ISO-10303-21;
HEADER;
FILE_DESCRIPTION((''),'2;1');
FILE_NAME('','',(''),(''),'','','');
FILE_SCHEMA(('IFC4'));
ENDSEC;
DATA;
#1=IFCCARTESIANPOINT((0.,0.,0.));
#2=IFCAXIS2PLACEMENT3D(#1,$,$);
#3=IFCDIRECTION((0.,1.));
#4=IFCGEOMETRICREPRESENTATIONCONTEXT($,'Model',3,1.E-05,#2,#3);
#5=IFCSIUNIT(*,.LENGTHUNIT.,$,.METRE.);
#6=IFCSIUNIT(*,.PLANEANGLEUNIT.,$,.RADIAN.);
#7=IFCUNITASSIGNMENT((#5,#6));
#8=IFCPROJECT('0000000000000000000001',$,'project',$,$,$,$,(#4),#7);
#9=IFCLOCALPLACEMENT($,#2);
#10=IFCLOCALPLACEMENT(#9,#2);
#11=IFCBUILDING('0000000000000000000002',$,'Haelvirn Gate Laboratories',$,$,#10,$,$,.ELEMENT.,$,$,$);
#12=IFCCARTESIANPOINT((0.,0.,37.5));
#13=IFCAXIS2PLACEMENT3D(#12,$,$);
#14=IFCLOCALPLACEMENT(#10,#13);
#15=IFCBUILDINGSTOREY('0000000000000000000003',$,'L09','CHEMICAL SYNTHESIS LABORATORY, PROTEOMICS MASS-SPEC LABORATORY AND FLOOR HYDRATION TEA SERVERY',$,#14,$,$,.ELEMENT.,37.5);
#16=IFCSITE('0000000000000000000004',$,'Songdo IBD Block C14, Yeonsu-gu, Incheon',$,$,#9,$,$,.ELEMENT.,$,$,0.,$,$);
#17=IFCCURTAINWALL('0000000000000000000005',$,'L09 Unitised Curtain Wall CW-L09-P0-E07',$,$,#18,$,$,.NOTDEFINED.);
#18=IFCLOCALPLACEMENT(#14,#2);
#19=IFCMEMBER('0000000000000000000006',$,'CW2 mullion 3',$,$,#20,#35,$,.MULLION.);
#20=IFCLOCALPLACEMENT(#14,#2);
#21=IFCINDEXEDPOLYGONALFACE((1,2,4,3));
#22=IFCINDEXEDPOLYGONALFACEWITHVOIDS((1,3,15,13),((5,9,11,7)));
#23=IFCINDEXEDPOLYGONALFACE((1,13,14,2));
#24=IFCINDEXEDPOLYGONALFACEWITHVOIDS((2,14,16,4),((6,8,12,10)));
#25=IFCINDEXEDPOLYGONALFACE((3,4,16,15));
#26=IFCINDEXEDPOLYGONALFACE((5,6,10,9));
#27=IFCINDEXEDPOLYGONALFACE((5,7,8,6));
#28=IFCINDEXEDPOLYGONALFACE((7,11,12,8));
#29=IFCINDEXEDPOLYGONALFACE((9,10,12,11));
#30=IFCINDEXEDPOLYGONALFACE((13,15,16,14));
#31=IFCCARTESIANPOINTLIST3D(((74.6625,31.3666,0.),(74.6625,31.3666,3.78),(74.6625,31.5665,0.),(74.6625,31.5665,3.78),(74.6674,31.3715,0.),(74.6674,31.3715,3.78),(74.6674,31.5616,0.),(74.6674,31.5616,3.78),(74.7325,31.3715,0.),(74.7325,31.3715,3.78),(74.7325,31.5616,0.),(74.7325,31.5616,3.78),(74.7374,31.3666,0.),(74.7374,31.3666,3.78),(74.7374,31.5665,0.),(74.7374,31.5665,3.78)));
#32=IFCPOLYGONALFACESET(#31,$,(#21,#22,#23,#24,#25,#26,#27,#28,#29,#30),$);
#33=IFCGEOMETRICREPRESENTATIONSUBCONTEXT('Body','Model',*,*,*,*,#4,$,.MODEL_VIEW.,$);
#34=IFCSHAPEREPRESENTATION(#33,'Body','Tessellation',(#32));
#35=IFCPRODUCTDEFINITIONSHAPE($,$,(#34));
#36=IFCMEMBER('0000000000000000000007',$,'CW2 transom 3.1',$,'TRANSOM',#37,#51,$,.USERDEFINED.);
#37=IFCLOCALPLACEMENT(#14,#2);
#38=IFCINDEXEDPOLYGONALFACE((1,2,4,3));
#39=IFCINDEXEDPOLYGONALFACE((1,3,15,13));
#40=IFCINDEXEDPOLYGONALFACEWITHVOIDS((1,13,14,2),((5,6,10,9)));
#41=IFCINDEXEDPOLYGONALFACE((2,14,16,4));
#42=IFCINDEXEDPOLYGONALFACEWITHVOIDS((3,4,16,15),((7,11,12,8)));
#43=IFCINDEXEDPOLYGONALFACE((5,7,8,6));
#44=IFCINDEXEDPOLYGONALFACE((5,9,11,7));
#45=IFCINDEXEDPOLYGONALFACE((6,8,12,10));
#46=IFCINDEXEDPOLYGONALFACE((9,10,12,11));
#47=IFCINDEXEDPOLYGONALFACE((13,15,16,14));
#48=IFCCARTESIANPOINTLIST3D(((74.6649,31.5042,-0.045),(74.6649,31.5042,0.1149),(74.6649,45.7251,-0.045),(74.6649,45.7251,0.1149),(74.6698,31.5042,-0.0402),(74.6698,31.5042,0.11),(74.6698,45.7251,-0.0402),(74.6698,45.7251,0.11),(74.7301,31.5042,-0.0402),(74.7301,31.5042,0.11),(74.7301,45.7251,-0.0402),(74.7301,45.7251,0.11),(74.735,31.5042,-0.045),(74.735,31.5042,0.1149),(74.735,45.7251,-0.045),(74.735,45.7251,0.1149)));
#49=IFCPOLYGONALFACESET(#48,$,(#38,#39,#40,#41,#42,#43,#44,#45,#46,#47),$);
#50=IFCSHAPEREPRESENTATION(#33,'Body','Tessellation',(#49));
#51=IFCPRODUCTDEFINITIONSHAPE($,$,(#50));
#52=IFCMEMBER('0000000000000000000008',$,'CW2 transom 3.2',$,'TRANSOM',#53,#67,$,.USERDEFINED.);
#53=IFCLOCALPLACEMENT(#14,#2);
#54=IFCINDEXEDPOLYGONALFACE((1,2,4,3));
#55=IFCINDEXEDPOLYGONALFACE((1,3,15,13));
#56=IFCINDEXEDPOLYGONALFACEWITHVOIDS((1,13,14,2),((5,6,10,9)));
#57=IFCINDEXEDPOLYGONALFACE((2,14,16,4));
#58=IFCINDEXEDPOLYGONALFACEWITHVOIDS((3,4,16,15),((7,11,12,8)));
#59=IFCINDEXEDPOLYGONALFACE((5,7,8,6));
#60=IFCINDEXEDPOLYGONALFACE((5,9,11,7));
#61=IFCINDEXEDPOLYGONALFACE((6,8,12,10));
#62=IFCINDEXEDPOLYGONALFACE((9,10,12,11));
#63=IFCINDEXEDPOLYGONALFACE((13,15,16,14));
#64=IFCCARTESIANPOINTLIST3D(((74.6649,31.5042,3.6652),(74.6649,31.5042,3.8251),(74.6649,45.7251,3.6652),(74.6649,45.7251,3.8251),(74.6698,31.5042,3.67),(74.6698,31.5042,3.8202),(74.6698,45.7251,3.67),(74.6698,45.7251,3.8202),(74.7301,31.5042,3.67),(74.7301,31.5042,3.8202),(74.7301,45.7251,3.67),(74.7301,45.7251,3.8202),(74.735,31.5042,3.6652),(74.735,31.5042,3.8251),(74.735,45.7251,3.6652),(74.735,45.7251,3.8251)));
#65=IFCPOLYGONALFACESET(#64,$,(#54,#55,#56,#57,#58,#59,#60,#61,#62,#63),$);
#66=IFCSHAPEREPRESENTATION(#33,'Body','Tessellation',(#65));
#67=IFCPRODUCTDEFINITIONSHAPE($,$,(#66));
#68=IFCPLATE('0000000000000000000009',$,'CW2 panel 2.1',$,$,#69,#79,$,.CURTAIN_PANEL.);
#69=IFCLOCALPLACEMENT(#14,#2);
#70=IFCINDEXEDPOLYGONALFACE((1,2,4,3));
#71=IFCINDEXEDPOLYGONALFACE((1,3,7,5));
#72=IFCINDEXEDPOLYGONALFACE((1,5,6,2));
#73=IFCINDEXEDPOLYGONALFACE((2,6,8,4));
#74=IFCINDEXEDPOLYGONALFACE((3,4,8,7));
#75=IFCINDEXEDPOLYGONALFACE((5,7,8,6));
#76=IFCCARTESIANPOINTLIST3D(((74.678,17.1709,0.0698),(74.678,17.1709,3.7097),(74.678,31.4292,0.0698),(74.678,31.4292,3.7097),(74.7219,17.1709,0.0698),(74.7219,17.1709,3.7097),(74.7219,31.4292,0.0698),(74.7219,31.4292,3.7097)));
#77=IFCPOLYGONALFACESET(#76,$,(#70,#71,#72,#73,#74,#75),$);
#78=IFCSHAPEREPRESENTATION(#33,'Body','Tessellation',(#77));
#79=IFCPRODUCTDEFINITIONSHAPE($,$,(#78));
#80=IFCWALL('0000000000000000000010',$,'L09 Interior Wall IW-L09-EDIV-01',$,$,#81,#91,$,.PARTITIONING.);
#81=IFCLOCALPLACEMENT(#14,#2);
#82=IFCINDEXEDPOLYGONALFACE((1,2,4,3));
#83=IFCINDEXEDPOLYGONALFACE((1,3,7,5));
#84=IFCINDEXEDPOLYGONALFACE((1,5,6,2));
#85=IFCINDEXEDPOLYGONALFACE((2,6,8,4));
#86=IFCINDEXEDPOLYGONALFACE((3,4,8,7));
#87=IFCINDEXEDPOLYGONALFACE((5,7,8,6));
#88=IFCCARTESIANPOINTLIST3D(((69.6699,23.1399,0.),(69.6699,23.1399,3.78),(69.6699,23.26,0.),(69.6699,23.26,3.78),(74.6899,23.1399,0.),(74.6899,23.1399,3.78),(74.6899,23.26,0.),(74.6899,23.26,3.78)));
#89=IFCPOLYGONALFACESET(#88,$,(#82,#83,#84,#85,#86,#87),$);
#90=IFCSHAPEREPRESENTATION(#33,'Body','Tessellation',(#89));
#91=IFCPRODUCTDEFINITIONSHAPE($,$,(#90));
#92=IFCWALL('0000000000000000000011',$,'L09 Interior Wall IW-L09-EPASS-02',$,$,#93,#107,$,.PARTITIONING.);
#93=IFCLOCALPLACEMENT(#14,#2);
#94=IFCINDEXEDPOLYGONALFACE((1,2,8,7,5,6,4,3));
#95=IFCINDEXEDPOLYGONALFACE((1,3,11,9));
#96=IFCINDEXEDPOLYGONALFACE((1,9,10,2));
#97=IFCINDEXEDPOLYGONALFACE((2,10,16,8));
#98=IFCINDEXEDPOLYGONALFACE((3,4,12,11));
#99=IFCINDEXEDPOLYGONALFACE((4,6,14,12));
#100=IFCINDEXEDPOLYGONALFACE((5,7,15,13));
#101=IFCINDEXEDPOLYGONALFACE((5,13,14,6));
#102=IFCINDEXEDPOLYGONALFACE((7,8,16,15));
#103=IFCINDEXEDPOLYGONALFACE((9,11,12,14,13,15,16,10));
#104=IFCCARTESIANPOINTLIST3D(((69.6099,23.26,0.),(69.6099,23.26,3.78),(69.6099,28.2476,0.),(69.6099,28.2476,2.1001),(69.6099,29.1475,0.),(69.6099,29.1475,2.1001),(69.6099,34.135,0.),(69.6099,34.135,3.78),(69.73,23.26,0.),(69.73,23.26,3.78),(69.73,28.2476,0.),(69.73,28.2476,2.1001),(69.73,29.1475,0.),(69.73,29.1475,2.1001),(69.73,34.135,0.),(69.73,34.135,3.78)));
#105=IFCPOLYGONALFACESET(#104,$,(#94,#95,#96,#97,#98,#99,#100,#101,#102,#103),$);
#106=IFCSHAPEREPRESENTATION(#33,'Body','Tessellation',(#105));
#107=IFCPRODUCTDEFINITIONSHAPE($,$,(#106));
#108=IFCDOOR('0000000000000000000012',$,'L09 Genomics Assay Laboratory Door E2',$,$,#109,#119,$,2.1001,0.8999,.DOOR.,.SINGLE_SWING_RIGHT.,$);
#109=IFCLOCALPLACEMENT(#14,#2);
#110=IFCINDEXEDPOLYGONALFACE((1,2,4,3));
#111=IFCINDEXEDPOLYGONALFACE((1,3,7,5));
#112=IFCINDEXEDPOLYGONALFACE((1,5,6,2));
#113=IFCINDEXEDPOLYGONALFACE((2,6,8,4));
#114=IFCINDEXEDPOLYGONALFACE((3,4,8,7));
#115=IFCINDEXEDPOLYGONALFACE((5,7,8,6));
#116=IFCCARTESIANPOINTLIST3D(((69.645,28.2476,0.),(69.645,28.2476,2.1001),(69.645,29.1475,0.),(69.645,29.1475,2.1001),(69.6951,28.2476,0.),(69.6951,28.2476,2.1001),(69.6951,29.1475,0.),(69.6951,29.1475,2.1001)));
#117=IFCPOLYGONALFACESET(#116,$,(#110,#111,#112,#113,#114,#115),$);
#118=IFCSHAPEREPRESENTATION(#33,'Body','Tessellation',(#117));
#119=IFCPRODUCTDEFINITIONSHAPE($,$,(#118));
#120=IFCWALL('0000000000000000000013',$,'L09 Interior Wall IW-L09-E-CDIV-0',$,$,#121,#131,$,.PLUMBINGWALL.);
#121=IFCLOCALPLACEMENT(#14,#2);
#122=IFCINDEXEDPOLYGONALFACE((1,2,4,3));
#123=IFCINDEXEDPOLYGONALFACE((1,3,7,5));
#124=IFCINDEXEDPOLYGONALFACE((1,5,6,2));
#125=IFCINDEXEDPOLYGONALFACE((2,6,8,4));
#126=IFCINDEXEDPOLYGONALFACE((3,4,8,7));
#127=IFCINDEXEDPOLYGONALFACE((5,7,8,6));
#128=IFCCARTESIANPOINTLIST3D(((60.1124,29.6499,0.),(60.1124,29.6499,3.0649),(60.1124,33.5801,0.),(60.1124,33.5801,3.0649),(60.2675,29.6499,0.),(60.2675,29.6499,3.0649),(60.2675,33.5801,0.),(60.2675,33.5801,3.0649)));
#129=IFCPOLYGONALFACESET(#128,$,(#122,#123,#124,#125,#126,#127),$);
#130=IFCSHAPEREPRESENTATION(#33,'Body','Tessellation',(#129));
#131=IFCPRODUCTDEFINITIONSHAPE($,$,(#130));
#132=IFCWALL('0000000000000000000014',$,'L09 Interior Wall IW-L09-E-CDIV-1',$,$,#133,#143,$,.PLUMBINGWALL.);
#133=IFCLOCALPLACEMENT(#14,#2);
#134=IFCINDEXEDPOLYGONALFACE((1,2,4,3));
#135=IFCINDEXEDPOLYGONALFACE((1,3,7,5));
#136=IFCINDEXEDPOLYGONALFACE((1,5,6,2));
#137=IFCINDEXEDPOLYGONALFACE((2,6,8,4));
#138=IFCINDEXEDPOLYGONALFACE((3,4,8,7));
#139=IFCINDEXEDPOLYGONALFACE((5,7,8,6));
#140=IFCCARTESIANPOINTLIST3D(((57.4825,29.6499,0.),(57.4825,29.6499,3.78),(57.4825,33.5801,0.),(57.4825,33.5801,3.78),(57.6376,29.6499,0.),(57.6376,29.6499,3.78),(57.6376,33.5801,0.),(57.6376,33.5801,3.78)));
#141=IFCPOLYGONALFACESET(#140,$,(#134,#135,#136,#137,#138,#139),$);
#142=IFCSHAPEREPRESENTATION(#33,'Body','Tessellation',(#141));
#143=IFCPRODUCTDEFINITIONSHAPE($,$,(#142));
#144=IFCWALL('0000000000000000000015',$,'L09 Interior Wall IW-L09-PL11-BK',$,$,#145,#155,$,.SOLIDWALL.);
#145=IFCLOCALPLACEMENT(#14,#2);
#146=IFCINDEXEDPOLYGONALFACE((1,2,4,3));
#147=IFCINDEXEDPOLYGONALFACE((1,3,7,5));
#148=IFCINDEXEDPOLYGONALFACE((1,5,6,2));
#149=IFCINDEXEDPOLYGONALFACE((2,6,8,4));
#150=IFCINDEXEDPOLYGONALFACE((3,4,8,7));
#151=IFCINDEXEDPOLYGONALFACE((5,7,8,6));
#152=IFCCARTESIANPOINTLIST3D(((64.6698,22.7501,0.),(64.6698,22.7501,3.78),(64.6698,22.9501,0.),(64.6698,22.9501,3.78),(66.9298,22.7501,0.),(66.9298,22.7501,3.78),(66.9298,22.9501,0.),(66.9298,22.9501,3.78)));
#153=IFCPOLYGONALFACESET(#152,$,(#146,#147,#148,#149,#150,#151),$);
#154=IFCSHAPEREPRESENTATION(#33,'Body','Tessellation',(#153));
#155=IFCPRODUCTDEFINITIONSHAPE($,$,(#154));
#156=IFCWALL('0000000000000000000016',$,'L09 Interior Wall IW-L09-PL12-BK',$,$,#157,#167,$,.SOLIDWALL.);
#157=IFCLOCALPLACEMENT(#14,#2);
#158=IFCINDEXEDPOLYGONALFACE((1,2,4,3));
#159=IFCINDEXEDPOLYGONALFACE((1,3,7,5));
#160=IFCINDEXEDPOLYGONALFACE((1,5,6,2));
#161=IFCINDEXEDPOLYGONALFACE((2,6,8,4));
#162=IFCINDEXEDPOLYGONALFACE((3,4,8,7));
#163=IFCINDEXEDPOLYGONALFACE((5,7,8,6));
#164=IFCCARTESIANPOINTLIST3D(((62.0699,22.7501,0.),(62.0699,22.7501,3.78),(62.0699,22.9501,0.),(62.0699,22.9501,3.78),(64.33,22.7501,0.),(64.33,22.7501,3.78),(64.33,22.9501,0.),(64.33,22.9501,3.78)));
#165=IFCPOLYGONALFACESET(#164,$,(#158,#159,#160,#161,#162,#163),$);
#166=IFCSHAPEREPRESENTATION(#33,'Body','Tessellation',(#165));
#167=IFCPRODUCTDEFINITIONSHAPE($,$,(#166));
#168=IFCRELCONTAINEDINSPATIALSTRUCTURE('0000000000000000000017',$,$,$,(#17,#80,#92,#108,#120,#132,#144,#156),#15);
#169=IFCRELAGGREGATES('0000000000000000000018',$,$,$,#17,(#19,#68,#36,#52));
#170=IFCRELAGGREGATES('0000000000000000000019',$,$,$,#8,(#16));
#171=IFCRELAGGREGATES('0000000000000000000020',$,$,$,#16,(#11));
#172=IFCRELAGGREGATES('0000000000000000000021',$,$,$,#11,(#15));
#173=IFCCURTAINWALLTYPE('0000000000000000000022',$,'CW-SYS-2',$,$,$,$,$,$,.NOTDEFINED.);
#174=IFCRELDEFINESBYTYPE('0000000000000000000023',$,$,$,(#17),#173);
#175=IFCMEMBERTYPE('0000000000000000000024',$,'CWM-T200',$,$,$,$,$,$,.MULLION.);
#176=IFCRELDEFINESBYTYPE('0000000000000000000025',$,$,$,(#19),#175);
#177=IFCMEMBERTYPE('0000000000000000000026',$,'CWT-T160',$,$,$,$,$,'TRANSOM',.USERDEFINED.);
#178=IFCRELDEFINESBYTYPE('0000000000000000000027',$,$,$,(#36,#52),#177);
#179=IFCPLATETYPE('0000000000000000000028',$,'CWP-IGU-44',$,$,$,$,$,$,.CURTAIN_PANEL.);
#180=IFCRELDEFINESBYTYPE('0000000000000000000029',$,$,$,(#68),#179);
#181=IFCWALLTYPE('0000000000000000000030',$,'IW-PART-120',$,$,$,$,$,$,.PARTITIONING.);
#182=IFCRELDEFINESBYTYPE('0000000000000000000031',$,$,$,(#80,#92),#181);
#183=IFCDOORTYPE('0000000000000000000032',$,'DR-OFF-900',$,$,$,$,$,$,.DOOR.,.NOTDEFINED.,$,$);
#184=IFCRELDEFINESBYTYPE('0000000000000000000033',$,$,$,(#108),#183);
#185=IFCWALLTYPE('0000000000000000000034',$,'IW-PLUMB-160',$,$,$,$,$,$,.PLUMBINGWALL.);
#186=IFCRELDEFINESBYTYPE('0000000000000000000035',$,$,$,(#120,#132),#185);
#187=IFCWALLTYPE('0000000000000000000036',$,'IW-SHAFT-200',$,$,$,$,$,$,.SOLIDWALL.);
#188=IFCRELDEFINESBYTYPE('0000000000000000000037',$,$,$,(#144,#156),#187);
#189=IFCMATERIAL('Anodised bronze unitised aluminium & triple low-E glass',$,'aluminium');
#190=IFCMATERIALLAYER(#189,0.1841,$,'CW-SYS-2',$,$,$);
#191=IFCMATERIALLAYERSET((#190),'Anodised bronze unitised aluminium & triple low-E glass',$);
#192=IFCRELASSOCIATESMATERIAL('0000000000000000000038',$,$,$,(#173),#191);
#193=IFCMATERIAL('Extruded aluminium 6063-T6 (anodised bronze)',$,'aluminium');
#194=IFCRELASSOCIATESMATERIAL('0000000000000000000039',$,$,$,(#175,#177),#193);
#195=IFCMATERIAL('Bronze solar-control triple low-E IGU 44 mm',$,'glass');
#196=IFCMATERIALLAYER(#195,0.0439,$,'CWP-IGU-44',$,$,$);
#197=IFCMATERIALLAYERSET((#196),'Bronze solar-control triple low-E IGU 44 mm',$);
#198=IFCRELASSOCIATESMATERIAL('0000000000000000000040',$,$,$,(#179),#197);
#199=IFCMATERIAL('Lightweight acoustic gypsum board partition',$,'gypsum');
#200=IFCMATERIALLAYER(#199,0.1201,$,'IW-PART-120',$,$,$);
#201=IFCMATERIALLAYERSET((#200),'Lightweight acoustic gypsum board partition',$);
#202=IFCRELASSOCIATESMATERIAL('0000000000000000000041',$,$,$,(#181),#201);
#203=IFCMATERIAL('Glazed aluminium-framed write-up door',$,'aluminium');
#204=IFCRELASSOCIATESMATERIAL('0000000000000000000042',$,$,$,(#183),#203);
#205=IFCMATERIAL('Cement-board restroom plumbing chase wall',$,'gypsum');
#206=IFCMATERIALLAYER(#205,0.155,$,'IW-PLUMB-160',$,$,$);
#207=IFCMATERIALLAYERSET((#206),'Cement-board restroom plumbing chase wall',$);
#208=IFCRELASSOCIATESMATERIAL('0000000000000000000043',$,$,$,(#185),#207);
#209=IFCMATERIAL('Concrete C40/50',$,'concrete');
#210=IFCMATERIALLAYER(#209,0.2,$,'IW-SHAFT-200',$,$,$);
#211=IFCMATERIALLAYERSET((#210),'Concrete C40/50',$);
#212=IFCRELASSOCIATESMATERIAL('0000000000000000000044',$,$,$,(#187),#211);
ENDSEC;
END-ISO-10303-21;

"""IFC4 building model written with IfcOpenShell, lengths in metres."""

from ifc_helpers import new_model, si_unit, direction, frame, frame_2d, origin, origin_2d, place, context, subcontext, project, spatial, rectangle, hollow_rectangle, extrude, source, transform, mapped, material, layer, layer_set, material_profile, profile_set, type_object, type_shapes, element, fill, aggregate, save


model = new_model("IFC4")

# Units and contexts
model_context = context("Model", 3, precision=1e-05, world=origin(), true_north=direction((0.0, 1.0)))
body_context = subcontext(model_context, "Body", "Model", "MODEL_VIEW")
ifc_project = project(units=[si_unit("LENGTHUNIT", "METRE"), si_unit("PLANEANGLEUNIT", "RADIAN")], contexts=[model_context])

# Site, building, storey
site_placement = place(None, origin())
site = spatial("IfcSite", under=ifc_project, at=site_placement, Name="Songdo IBD Block C14, Yeonsu-gu, Incheon", CompositionType="ELEMENT", RefElevation=0.0)
building_placement = place(site_placement, origin())
building = spatial("IfcBuilding", under=site, at=building_placement, Name="Haelvirn Gate Laboratories", CompositionType="ELEMENT")
storey_placement = place(building_placement, frame((0.0, 0.0, 37.5)))
storey = spatial("IfcBuildingStorey", under=building, at=storey_placement, Name="L09", Description="CHEMICAL SYNTHESIS LABORATORY, PROTEOMICS MASS-SPEC LABORATORY AND FLOOR HYDRATION TEA SERVERY", CompositionType="ELEMENT", Elevation=37.5)

# Curtain wall, members, plate
ifc_material_1 = material(Name="Anodised bronze unitised aluminium & triple low-E glass", Category="aluminium")
ifc_layer_1 = layer(ifc_material_1, 0.1841, Name="CW-SYS-2")
ifc_layer_set_1 = layer_set([ifc_layer_1], Name="Anodised bronze unitised aluminium & triple low-E glass")
curtain_wall_type = type_object("IfcCurtainWallType", Name="CW-SYS-2", PredefinedType="NOTDEFINED", material=ifc_layer_set_1)
curtain_wall_placement = place(storey_placement, origin())
curtain_wall = element("IfcCurtainWall", 1, at=curtain_wall_placement, inside=storey, type_object=curtain_wall_type, Name="L09 Unitised Curtain Wall CW-L09-P0-E07", PredefinedType="NOTDEFINED")
ifc_material_2 = material(Name="Extruded aluminium 6063-T6 (anodised bronze)", Category="aluminium")
ifc_material_profile_1 = material_profile(ifc_material_2, hollow_rectangle(XDim=0.075, YDim=0.2, WallThickness=0.0049, at=origin_2d()), Name="CWM-200x75x5")
ifc_profile_set_1 = profile_set([ifc_material_profile_1], Name="Extruded aluminium 6063-T6 (anodised bronze)")
member_type_1 = type_object("IfcMemberType", Name="CWM-T200", PredefinedType="MULLION", material=ifc_profile_set_1)
shared_shape_1 = source(origin(), body_context, "Body", "SweptSolid", [
    extrude(hollow_rectangle(XDim=0.075, YDim=0.2, WallThickness=0.0049, at=origin_2d()), origin(), (0.0, 0.0, 1.0), 3.78),
])
type_shapes(member_type_1, [shared_shape_1])
member_1_placement = place(storey_placement, frame((74.7, 31.4666, 0.0), z_axis=(0.0, 0.0, 1.0), x_axis=(-1.0, 0.0, 0.0)))
member_1 = element("IfcMember", 2, at=member_1_placement, type_object=member_type_1, Name="CW2 mullion 3", PredefinedType="MULLION", context=body_context, shape_type="MappedRepresentation", body=[
    mapped(shared_shape_1, transform((0.0, 0.0, 0.0), scale=1.0)),
])
ifc_material_profile_2 = material_profile(ifc_material_2, hollow_rectangle(XDim=0.0701, YDim=0.1599, WallThickness=0.0049, at=origin_2d()), Name="CWT-160x70x5")
ifc_profile_set_2 = profile_set([ifc_material_profile_2], Name="Extruded aluminium 6063-T6 (anodised bronze)")
member_type_2 = type_object("IfcMemberType", Name="CWT-T160", ElementType="TRANSOM", PredefinedType="USERDEFINED", material=ifc_profile_set_2)
shared_shape_2 = source(origin(), body_context, "Body", "SweptSolid", [
    extrude(hollow_rectangle(XDim=0.0701, YDim=0.1599, WallThickness=0.0049, at=origin_2d()), origin(), (0.0, 0.0, 1.0), 14.2209),
])
type_shapes(member_type_2, [shared_shape_2])
member_2_placement = place(storey_placement, frame((74.7, 31.5042, 0.0349), z_axis=(0.0, 1.0, 0.0), x_axis=(-1.0, 0.0, 0.0)))
member_2 = element("IfcMember", 3, at=member_2_placement, type_object=member_type_2, Name="CW2 transom 3.1", ObjectType="TRANSOM", PredefinedType="USERDEFINED", context=body_context, shape_type="MappedRepresentation", body=[
    mapped(shared_shape_2, transform((0.0, 0.0, 0.0), scale=1.0)),
])
member_3_placement = place(storey_placement, frame((74.7, 31.5042, 3.7451), z_axis=(0.0, 1.0, 0.0), x_axis=(-1.0, 0.0, 0.0)))
member_3 = element("IfcMember", 4, at=member_3_placement, type_object=member_type_2, Name="CW2 transom 3.2", ObjectType="TRANSOM", PredefinedType="USERDEFINED", context=body_context, shape_type="MappedRepresentation", body=[
    mapped(shared_shape_2, transform((0.0, 0.0, 0.0), scale=1.0)),
])
ifc_material_3 = material(Name="Bronze solar-control triple low-E IGU 44 mm", Category="glass")
ifc_layer_2 = layer(ifc_material_3, 0.0439, Name="CWP-IGU-44")
ifc_layer_set_2 = layer_set([ifc_layer_2], Name="Bronze solar-control triple low-E IGU 44 mm")
plate_type = type_object("IfcPlateType", Name="CWP-IGU-44", PredefinedType="CURTAIN_PANEL", material=ifc_layer_set_2)
shared_shape_3 = source(origin(), body_context, "Body", "SweptSolid", [
    extrude(rectangle(XDim=14.2583, YDim=0.0439, at=origin_2d()), origin(), (0.0, 0.0, 1.0), 3.6399),
])
type_shapes(plate_type, [shared_shape_3])
plate_placement = place(storey_placement, frame((74.7, 24.3, 0.0698), z_axis=(0.0, 0.0, 1.0), x_axis=(0.0, 1.0, 0.0)))
plate = element("IfcPlate", 5, at=plate_placement, type_object=plate_type, Name="CW2 panel 2.1", PredefinedType="CURTAIN_PANEL", context=body_context, shape_type="MappedRepresentation", body=[
    mapped(shared_shape_3, transform((0.0, 0.0, 0.0), scale=1.0)),
])
aggregate(curtain_wall, [member_1, plate, member_2, member_3])

# Wall
ifc_material_4 = material(Name="Lightweight acoustic gypsum board partition", Category="gypsum")
ifc_layer_3 = layer(ifc_material_4, 0.1201, Name="IW-PART-120")
ifc_layer_set_3 = layer_set([ifc_layer_3], Name="Lightweight acoustic gypsum board partition")
wall_type_1 = type_object("IfcWallType", Name="IW-PART-120", PredefinedType="PARTITIONING", material=ifc_layer_set_3)
wall_1_placement = place(storey_placement, frame((69.6699, 23.2, 0.0), z_axis=(0.0, 0.0, 1.0), x_axis=(1.0, 0.0, 0.0)))
element("IfcWall", 6, at=wall_1_placement, inside=storey, type_object=wall_type_1, Name="L09 Interior Wall IW-L09-EDIV-01", PredefinedType="PARTITIONING", context=body_context, shape_type="SweptSolid", body=[
    extrude(rectangle(XDim=5.02, YDim=0.1201, at=frame_2d((2.51, 0.0))), origin(), (0.0, 0.0, 1.0), 3.78),
])

# Wall, opening, door
wall_2_placement = place(storey_placement, frame((69.6699, 23.26, 0.0), z_axis=(0.0, 0.0, 1.0), x_axis=(0.0, 1.0, 0.0)))
wall_2 = element("IfcWall", 7, at=wall_2_placement, inside=storey, type_object=wall_type_1, Name="L09 Interior Wall IW-L09-EPASS-02", PredefinedType="PARTITIONING", context=body_context, shape_type="SweptSolid", body=[
    extrude(rectangle(XDim=10.875, YDim=0.1201, at=frame_2d((5.4375, 0.0))), origin(), (0.0, 0.0, 1.0), 3.78),
])
opening_1_placement = place(wall_2_placement, frame((4.9875, 0.0, 0.0)))
opening_1 = element("IfcOpeningElement", 8, at=opening_1_placement, cuts=wall_2, PredefinedType="OPENING", context=body_context, shape_type="SweptSolid", body=[
    extrude(rectangle(XDim=0.8999, YDim=2.1001, at=frame_2d((0.45, 1.05))), frame((0.0, 0.0701, 0.0), z_axis=(0.0, -1.0, 0.0), x_axis=(1.0, 0.0, 0.0)), (0.0, 0.0, 1.0), 0.1401),
])
ifc_material_5 = material(Name="Glazed aluminium-framed write-up door", Category="aluminium")
door_type_1 = type_object("IfcDoorType", Name="DR-OFF-900", OperationType="NOTDEFINED", PredefinedType="DOOR", material=ifc_material_5)
shared_shape_4 = source(origin(), body_context, "Body", "SweptSolid", [
    extrude(rectangle(XDim=0.8999, YDim=2.1001, at=frame_2d((0.45, 1.05))), frame((0.0, 0.0249, 0.0), z_axis=(0.0, -1.0, 0.0), x_axis=(1.0, 0.0, 0.0)), (0.0, 0.0, 1.0), 0.05),
])
type_shapes(door_type_1, [shared_shape_4])
door_1_placement = place(opening_1_placement, origin())
door_1 = element("IfcDoor", 9, at=door_1_placement, inside=storey, type_object=door_type_1, Name="L09 Genomics Assay Laboratory Door E2", OperationType="SINGLE_SWING_RIGHT", OverallHeight=2.1001, OverallWidth=0.8999, PredefinedType="DOOR", context=body_context, shape_type="MappedRepresentation", body=[
    mapped(shared_shape_4, transform((0.0, 0.0, 0.0), scale=1.0)),
])
fill(opening_1, door_1)

# Walls
ifc_material_6 = material(Name="Cement-board restroom plumbing chase wall", Category="gypsum")
ifc_layer_4 = layer(ifc_material_6, 0.155, Name="IW-PLUMB-160")
ifc_layer_set_4 = layer_set([ifc_layer_4], Name="Cement-board restroom plumbing chase wall")
wall_type_2 = type_object("IfcWallType", Name="IW-PLUMB-160", PredefinedType="PLUMBINGWALL", material=ifc_layer_set_4)
wall_3_placement = place(storey_placement, frame((60.1899, 29.6499, 0.0), z_axis=(0.0, 0.0, 1.0), x_axis=(0.0, 1.0, 0.0)))
element("IfcWall", 10, at=wall_3_placement, inside=storey, type_object=wall_type_2, Name="L09 Interior Wall IW-L09-E-CDIV-0", PredefinedType="PLUMBINGWALL", context=body_context, shape_type="SweptSolid", body=[
    extrude(rectangle(XDim=3.9302, YDim=0.155, at=frame_2d((1.9651, 0.0))), origin(), (0.0, 0.0, 1.0), 3.0649),
])
wall_4_placement = place(storey_placement, frame((57.5601, 29.6499, 0.0), z_axis=(0.0, 0.0, 1.0), x_axis=(0.0, 1.0, 0.0)))
element("IfcWall", 11, at=wall_4_placement, inside=storey, type_object=wall_type_2, Name="L09 Interior Wall IW-L09-E-CDIV-1", PredefinedType="PLUMBINGWALL", context=body_context, shape_type="SweptSolid", body=[
    extrude(rectangle(XDim=3.9302, YDim=0.155, at=frame_2d((1.9651, 0.0))), origin(), (0.0, 0.0, 1.0), 3.78),
])
ifc_material_7 = material(Name="Concrete C40/50", Category="concrete")
ifc_layer_5 = layer(ifc_material_7, 0.2, Name="IW-SHAFT-200")
ifc_layer_set_5 = layer_set([ifc_layer_5], Name="Concrete C40/50")
wall_type_3 = type_object("IfcWallType", Name="IW-SHAFT-200", PredefinedType="SOLIDWALL", material=ifc_layer_set_5)
for number, where, z_axis, x_axis, name in (
    (12, (64.6699, 22.8501, 0.0), (0.0, 0.0, 1.0), (1.0, 0.0, 0.0), "L09 Interior Wall IW-L09-PL11-BK"),
    (13, (62.0701, 22.8501, 0.0), (0.0, 0.0, 1.0), (1.0, 0.0, 0.0), "L09 Interior Wall IW-L09-PL12-BK"),
):
    element("IfcWall", number, at=place(storey_placement, frame(where, z_axis=z_axis, x_axis=x_axis)), inside=storey, type_object=wall_type_3, Name=name, PredefinedType="SOLIDWALL", context=body_context, shape_type="SweptSolid", body=[
        extrude(rectangle(XDim=2.26, YDim=0.2, at=frame_2d((1.1299, 0.0))), origin(), (0.0, 0.0, 1.0), 3.78),
    ])

save(model, "model.ifc")
